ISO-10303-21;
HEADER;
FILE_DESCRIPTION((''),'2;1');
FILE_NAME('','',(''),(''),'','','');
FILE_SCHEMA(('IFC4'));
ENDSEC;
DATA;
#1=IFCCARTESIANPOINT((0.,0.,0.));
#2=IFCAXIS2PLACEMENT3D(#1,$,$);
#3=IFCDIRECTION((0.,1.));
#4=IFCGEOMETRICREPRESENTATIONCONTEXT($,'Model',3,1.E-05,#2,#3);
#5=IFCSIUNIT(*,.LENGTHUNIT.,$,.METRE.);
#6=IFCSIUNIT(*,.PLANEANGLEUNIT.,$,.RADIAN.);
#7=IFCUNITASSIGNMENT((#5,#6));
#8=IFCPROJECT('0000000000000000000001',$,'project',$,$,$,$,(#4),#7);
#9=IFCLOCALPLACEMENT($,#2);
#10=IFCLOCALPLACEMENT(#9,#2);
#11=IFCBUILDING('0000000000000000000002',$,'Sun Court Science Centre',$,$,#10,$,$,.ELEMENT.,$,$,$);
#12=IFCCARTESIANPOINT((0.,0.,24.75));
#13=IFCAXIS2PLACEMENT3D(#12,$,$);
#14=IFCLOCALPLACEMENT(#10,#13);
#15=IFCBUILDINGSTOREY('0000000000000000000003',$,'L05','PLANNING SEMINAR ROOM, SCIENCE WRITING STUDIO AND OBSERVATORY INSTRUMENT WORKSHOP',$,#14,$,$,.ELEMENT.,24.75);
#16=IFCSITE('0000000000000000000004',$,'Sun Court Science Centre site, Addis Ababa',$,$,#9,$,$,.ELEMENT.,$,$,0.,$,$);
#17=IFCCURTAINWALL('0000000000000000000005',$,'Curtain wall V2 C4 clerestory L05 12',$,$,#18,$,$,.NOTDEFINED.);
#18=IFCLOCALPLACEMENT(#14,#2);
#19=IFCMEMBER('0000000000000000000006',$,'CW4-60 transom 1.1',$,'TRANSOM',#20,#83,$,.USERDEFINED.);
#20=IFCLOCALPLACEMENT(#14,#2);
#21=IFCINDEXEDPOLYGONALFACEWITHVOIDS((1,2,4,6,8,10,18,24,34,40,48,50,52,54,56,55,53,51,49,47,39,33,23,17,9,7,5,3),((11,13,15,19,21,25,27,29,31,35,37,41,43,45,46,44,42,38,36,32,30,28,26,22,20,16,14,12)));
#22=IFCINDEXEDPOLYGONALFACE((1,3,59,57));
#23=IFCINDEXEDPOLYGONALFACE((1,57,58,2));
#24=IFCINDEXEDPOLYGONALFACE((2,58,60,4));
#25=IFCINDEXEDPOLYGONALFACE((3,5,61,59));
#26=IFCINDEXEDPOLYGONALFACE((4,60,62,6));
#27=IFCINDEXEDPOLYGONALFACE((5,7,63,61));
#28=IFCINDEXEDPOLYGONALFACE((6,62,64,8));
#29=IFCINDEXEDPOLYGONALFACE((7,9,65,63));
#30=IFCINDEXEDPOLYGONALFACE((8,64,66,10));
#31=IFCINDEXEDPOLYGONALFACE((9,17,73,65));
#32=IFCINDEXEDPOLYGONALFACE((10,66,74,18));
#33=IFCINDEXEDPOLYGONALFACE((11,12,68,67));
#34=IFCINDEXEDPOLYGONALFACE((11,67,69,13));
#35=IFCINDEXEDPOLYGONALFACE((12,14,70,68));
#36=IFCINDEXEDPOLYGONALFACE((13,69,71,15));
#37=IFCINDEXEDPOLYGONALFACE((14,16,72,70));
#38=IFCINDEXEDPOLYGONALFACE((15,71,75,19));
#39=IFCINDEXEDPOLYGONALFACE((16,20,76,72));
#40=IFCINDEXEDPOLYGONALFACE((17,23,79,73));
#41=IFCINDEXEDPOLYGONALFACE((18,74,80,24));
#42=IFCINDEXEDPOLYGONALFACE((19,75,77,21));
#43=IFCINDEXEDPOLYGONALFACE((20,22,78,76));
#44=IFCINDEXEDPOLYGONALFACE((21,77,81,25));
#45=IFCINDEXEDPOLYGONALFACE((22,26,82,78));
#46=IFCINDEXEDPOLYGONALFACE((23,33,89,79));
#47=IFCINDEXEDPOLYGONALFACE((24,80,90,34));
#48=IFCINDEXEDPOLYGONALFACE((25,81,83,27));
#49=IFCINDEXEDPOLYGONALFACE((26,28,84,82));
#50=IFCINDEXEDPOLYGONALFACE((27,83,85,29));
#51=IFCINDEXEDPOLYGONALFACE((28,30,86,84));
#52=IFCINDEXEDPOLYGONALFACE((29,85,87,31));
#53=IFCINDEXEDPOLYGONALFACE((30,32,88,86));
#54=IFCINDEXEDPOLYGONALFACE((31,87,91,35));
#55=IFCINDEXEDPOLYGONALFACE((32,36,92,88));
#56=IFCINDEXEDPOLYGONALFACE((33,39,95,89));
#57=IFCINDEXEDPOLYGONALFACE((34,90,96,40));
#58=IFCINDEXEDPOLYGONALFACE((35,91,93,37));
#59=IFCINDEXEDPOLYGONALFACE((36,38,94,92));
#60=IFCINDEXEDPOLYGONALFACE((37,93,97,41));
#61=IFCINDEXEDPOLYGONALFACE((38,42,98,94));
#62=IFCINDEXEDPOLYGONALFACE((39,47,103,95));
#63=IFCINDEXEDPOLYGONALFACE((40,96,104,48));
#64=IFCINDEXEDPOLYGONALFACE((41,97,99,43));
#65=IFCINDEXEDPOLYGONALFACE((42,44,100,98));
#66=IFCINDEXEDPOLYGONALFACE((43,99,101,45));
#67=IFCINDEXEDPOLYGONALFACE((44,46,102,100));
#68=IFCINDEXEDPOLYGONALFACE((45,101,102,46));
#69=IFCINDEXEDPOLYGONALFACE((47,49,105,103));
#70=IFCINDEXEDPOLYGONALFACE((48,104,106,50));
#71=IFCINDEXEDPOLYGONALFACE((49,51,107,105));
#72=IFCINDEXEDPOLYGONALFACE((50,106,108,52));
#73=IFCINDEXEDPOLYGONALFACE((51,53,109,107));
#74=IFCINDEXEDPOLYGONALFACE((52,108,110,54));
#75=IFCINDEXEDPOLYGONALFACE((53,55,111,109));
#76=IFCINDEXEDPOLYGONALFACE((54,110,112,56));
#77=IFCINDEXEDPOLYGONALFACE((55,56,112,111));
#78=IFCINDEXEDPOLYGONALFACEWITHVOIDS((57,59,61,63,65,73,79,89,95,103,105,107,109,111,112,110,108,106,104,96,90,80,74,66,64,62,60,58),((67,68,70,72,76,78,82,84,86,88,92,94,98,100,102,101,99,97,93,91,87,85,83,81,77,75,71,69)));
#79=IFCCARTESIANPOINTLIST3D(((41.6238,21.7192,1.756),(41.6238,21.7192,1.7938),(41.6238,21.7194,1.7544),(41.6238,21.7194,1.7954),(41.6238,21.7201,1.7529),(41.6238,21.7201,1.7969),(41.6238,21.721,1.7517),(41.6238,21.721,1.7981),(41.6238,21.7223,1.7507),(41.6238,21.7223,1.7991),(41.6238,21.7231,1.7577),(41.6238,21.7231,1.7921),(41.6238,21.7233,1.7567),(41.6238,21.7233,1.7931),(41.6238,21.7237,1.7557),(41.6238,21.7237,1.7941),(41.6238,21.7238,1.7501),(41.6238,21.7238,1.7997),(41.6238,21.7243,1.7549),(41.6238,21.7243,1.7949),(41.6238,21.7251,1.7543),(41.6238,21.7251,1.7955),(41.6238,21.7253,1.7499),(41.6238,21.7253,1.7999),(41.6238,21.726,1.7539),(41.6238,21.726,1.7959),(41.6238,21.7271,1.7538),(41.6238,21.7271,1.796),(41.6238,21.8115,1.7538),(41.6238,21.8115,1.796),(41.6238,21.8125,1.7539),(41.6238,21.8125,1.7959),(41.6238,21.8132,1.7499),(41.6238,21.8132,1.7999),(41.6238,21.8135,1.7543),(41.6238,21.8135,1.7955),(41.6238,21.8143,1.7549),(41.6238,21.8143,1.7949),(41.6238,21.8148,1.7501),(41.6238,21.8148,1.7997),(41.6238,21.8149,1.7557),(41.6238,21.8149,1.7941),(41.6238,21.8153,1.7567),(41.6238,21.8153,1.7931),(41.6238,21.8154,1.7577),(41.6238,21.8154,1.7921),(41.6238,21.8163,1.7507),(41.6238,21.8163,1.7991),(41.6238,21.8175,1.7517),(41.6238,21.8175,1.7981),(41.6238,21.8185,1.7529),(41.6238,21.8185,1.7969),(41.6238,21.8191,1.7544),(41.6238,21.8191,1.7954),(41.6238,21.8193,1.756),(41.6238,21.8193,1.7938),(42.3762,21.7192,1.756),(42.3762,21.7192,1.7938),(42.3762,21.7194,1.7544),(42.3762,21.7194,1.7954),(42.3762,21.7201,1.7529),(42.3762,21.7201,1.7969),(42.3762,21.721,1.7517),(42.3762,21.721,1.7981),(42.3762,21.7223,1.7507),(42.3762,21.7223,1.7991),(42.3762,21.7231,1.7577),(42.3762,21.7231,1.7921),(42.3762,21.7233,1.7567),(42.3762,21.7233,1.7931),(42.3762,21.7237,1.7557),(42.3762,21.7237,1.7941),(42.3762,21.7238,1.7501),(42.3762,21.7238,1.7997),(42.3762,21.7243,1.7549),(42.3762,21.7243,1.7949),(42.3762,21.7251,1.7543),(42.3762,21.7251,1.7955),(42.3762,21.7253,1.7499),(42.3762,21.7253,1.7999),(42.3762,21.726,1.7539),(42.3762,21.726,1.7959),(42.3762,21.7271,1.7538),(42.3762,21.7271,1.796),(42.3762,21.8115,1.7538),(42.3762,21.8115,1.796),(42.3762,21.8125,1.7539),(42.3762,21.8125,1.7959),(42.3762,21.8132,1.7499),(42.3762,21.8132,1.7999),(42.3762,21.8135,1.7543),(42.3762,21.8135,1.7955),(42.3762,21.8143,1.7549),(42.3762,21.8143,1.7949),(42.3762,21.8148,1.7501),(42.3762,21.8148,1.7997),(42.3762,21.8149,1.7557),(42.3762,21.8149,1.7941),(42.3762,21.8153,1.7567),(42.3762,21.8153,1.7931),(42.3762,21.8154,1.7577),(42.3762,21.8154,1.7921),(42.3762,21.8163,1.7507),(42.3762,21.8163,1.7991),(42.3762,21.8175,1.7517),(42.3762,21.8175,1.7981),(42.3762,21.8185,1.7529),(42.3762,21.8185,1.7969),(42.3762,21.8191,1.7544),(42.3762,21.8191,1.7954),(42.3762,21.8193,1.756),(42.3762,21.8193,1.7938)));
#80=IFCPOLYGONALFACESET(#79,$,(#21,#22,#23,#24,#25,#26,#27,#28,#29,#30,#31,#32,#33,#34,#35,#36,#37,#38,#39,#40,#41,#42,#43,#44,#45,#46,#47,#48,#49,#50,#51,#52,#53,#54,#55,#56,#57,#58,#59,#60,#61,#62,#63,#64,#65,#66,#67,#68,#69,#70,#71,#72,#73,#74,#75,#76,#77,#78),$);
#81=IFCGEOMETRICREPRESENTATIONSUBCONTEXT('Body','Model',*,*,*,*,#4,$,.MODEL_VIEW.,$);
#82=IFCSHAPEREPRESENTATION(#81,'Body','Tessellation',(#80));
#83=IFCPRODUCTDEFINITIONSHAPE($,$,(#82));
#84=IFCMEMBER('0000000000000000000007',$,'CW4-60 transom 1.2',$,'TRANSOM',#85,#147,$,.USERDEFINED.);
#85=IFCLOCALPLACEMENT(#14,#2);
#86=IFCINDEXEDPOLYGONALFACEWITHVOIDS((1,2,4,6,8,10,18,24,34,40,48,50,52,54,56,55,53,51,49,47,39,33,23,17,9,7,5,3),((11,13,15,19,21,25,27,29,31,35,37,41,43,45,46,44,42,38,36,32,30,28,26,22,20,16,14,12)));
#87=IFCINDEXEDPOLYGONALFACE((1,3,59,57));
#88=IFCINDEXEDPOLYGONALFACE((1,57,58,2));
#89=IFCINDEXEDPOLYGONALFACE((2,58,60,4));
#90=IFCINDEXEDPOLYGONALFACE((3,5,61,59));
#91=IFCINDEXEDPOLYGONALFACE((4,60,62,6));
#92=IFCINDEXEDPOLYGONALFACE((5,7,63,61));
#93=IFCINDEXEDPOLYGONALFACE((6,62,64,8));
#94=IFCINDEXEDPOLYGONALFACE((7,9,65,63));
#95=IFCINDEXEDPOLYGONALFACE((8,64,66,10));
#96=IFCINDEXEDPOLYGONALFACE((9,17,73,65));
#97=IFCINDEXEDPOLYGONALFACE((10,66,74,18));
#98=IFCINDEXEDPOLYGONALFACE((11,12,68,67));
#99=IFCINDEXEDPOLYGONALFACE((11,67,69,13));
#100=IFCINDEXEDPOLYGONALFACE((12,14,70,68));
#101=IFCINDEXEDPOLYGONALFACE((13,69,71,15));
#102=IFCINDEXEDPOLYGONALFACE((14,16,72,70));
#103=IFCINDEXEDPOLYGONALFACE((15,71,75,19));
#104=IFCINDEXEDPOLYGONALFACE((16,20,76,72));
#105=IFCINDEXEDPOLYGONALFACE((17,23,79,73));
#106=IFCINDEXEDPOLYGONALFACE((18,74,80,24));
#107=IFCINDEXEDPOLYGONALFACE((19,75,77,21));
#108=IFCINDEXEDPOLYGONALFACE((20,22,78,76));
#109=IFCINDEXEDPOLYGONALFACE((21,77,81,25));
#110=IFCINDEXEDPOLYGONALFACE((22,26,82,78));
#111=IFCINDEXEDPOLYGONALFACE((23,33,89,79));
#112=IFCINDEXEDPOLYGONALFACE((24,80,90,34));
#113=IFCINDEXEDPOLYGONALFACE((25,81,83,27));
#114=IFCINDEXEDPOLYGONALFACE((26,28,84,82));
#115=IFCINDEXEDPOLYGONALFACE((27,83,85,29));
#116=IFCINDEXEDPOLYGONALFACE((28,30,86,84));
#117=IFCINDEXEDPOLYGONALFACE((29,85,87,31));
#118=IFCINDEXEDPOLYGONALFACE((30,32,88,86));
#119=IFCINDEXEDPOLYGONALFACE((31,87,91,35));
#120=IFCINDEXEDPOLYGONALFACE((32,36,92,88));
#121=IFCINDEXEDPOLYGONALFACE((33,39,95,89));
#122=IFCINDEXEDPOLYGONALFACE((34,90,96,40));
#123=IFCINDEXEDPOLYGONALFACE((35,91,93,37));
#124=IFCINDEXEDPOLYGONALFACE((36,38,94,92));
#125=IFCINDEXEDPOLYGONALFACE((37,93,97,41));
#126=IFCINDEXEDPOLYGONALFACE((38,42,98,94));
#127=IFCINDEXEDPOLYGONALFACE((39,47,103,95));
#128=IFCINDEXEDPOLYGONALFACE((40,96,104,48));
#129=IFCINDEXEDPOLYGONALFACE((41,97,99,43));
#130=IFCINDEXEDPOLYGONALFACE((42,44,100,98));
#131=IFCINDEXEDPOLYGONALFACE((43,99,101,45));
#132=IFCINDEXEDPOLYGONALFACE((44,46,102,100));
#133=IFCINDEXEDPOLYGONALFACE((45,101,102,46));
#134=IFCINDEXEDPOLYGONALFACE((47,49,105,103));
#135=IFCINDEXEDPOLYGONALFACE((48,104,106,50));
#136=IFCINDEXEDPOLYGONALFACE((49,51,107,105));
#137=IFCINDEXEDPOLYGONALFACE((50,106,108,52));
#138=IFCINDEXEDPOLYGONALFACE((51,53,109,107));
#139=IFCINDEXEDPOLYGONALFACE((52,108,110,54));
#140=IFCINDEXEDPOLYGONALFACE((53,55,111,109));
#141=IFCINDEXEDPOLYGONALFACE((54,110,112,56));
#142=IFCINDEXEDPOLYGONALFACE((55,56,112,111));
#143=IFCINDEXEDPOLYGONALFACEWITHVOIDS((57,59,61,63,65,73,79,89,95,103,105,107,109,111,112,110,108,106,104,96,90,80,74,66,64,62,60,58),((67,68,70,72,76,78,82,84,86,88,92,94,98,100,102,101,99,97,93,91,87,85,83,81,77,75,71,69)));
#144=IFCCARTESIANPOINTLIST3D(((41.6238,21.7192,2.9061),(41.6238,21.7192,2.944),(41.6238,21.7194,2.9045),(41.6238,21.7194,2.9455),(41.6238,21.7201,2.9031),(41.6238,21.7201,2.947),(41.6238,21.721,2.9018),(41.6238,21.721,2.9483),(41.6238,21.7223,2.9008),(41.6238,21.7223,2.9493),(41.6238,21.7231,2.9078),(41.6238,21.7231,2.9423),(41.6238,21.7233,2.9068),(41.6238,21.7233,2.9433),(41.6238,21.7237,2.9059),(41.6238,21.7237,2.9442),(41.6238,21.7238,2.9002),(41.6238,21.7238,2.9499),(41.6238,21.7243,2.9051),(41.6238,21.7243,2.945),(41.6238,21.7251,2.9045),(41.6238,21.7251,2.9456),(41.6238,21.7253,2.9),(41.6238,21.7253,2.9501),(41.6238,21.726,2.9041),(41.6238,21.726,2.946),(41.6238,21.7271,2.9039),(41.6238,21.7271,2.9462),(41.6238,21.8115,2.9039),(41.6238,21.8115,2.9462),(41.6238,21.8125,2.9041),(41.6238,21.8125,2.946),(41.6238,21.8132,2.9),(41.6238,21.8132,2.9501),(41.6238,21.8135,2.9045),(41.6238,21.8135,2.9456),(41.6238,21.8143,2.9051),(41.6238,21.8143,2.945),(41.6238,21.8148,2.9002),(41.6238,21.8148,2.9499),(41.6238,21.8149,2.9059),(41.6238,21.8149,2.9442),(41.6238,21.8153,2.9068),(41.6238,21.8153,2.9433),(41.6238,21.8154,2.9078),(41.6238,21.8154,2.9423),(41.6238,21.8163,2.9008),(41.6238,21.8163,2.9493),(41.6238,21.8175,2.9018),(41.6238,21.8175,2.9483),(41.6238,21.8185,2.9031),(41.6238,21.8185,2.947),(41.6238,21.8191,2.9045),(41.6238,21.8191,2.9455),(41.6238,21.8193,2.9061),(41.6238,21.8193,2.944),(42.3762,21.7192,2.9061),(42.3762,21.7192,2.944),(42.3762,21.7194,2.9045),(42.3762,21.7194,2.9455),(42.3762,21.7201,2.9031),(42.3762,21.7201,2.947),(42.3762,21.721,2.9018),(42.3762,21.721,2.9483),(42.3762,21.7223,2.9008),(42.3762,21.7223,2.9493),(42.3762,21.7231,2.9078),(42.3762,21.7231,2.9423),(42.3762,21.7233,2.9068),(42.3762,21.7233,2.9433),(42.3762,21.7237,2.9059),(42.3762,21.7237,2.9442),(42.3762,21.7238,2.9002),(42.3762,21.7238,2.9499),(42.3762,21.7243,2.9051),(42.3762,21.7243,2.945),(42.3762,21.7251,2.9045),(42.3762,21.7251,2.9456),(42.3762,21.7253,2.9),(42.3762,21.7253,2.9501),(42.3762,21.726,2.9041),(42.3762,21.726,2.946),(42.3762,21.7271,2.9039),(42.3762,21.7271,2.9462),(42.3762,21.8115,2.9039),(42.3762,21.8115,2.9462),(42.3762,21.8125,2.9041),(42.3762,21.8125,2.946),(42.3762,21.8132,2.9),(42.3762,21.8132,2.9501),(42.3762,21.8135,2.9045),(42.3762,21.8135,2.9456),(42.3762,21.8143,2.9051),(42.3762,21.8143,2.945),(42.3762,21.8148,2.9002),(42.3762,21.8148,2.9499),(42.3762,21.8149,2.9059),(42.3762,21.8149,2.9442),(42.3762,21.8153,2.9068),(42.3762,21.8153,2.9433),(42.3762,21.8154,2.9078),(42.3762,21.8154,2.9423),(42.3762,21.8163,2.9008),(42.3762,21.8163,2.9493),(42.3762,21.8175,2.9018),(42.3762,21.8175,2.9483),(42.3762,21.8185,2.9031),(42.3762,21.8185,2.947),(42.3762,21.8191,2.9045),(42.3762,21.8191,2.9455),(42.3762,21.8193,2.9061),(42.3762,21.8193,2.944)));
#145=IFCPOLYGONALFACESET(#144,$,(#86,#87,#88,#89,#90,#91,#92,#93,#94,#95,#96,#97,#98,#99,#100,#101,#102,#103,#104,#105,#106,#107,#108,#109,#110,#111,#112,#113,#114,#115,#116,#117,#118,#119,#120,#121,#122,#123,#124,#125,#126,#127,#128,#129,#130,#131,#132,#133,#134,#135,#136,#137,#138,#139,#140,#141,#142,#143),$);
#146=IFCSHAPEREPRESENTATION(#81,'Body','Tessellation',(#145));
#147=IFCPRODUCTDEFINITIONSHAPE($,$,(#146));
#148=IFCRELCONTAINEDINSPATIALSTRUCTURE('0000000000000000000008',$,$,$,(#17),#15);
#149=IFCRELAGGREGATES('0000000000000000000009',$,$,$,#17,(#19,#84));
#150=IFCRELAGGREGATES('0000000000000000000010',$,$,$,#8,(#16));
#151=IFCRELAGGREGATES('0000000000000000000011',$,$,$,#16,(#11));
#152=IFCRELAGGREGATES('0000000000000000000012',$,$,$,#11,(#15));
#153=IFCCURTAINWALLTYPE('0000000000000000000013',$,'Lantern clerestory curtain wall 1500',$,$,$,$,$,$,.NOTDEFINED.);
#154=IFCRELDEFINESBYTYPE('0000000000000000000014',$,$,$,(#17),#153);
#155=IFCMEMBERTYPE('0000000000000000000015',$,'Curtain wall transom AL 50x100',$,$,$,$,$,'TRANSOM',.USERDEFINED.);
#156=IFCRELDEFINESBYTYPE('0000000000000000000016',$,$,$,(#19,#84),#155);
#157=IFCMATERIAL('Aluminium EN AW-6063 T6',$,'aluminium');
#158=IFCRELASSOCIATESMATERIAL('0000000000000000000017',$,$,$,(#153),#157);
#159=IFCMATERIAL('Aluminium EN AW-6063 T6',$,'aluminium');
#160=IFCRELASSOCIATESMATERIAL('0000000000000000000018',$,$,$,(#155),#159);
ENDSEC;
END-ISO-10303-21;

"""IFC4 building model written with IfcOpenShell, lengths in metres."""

from ifc_helpers import new_model, si_unit, direction, frame, origin, origin_2d, place, context, subcontext, project, spatial, hollow_rectangle, extrude, material, material_profile, profile_set, type_object, element, aggregate, save


model = new_model("IFC4")

# Units and contexts
model_context = context("Model", 3, precision=1e-05, world=origin(), true_north=direction((0.0, 1.0)))
body_context = subcontext(model_context, "Body", "Model", "MODEL_VIEW")
ifc_project = project(units=[si_unit("LENGTHUNIT", "METRE"), si_unit("PLANEANGLEUNIT", "RADIAN")], contexts=[model_context])

# Site, building, storey
site_placement = place(None, origin())
site = spatial("IfcSite", under=ifc_project, at=site_placement, Name="Sun Court Science Centre site, Addis Ababa", CompositionType="ELEMENT", RefElevation=0.0)
building_placement = place(site_placement, origin())
building = spatial("IfcBuilding", under=site, at=building_placement, Name="Sun Court Science Centre", CompositionType="ELEMENT")
storey_placement = place(building_placement, frame((0.0, 0.0, 24.75)))
storey = spatial("IfcBuildingStorey", under=building, at=storey_placement, Name="L05", Description="PLANNING SEMINAR ROOM, SCIENCE WRITING STUDIO AND OBSERVATORY INSTRUMENT WORKSHOP", CompositionType="ELEMENT", Elevation=24.75)

# Shared definitions
ifc_material_1 = material(Name="Aluminium EN AW-6063 T6", Category="aluminium")
curtain_wall_type = type_object("IfcCurtainWallType", Name="Lantern clerestory curtain wall 1500", PredefinedType="NOTDEFINED", material=ifc_material_1)

# Curtain wall
curtain_wall_1_placement = place(storey_placement, origin())
curtain_wall_1 = element("IfcCurtainWall", 1, at=curtain_wall_1_placement, inside=storey, type_object=curtain_wall_type, Name="Curtain wall V2 C4 clerestory L05 12", PredefinedType="NOTDEFINED")

# Members
ifc_material_2 = material(Name="Aluminium EN AW-6063 T6", Category="aluminium")
ifc_material_profile_1 = material_profile(ifc_material_2, hollow_rectangle(XDim=0.05, YDim=0.1001, WallThickness=0.0039, InnerFilletRadius=0.0039, OuterFilletRadius=0.0061, at=origin_2d()), Name="AL 50x100x4")
ifc_profile_set_1 = profile_set([ifc_material_profile_1], Name="Aluminium EN AW-6063 T6")
member_type_1 = type_object("IfcMemberType", Name="Curtain wall transom AL 50x100", ElementType="TRANSOM", PredefinedType="USERDEFINED", material=ifc_profile_set_1)
member_1_placement = place(storey_placement, frame((42.3762, 21.7693, 1.7749), z_axis=(-1.0, 0.0, 0.0), x_axis=(0.0, 0.0, 1.0)))
member_1 = element("IfcMember", 2, at=member_1_placement, type_object=member_type_1, Name="CW4-60 transom 1.1", ObjectType="TRANSOM", PredefinedType="USERDEFINED", context=body_context, shape_type="SweptSolid", body=[
    extrude(hollow_rectangle(XDim=0.05, YDim=0.1001, WallThickness=0.0039, InnerFilletRadius=0.0039, OuterFilletRadius=0.0061, at=origin_2d()), origin(), (0.0, 0.0, 1.0), 0.7524),
])
member_2_placement = place(storey_placement, frame((42.3762, 21.7693, 2.925), z_axis=(-1.0, 0.0, 0.0), x_axis=(0.0, 0.0, 1.0)))
member_2 = element("IfcMember", 3, at=member_2_placement, type_object=member_type_1, Name="CW4-60 transom 1.2", ObjectType="TRANSOM", PredefinedType="USERDEFINED", context=body_context, shape_type="SweptSolid", body=[
    extrude(hollow_rectangle(XDim=0.05, YDim=0.1001, WallThickness=0.0039, InnerFilletRadius=0.0039, OuterFilletRadius=0.0061, at=origin_2d()), origin(), (0.0, 0.0, 1.0), 0.7524),
])

aggregate(curtain_wall_1, [member_1, member_2])

save(model, "model.ifc")
